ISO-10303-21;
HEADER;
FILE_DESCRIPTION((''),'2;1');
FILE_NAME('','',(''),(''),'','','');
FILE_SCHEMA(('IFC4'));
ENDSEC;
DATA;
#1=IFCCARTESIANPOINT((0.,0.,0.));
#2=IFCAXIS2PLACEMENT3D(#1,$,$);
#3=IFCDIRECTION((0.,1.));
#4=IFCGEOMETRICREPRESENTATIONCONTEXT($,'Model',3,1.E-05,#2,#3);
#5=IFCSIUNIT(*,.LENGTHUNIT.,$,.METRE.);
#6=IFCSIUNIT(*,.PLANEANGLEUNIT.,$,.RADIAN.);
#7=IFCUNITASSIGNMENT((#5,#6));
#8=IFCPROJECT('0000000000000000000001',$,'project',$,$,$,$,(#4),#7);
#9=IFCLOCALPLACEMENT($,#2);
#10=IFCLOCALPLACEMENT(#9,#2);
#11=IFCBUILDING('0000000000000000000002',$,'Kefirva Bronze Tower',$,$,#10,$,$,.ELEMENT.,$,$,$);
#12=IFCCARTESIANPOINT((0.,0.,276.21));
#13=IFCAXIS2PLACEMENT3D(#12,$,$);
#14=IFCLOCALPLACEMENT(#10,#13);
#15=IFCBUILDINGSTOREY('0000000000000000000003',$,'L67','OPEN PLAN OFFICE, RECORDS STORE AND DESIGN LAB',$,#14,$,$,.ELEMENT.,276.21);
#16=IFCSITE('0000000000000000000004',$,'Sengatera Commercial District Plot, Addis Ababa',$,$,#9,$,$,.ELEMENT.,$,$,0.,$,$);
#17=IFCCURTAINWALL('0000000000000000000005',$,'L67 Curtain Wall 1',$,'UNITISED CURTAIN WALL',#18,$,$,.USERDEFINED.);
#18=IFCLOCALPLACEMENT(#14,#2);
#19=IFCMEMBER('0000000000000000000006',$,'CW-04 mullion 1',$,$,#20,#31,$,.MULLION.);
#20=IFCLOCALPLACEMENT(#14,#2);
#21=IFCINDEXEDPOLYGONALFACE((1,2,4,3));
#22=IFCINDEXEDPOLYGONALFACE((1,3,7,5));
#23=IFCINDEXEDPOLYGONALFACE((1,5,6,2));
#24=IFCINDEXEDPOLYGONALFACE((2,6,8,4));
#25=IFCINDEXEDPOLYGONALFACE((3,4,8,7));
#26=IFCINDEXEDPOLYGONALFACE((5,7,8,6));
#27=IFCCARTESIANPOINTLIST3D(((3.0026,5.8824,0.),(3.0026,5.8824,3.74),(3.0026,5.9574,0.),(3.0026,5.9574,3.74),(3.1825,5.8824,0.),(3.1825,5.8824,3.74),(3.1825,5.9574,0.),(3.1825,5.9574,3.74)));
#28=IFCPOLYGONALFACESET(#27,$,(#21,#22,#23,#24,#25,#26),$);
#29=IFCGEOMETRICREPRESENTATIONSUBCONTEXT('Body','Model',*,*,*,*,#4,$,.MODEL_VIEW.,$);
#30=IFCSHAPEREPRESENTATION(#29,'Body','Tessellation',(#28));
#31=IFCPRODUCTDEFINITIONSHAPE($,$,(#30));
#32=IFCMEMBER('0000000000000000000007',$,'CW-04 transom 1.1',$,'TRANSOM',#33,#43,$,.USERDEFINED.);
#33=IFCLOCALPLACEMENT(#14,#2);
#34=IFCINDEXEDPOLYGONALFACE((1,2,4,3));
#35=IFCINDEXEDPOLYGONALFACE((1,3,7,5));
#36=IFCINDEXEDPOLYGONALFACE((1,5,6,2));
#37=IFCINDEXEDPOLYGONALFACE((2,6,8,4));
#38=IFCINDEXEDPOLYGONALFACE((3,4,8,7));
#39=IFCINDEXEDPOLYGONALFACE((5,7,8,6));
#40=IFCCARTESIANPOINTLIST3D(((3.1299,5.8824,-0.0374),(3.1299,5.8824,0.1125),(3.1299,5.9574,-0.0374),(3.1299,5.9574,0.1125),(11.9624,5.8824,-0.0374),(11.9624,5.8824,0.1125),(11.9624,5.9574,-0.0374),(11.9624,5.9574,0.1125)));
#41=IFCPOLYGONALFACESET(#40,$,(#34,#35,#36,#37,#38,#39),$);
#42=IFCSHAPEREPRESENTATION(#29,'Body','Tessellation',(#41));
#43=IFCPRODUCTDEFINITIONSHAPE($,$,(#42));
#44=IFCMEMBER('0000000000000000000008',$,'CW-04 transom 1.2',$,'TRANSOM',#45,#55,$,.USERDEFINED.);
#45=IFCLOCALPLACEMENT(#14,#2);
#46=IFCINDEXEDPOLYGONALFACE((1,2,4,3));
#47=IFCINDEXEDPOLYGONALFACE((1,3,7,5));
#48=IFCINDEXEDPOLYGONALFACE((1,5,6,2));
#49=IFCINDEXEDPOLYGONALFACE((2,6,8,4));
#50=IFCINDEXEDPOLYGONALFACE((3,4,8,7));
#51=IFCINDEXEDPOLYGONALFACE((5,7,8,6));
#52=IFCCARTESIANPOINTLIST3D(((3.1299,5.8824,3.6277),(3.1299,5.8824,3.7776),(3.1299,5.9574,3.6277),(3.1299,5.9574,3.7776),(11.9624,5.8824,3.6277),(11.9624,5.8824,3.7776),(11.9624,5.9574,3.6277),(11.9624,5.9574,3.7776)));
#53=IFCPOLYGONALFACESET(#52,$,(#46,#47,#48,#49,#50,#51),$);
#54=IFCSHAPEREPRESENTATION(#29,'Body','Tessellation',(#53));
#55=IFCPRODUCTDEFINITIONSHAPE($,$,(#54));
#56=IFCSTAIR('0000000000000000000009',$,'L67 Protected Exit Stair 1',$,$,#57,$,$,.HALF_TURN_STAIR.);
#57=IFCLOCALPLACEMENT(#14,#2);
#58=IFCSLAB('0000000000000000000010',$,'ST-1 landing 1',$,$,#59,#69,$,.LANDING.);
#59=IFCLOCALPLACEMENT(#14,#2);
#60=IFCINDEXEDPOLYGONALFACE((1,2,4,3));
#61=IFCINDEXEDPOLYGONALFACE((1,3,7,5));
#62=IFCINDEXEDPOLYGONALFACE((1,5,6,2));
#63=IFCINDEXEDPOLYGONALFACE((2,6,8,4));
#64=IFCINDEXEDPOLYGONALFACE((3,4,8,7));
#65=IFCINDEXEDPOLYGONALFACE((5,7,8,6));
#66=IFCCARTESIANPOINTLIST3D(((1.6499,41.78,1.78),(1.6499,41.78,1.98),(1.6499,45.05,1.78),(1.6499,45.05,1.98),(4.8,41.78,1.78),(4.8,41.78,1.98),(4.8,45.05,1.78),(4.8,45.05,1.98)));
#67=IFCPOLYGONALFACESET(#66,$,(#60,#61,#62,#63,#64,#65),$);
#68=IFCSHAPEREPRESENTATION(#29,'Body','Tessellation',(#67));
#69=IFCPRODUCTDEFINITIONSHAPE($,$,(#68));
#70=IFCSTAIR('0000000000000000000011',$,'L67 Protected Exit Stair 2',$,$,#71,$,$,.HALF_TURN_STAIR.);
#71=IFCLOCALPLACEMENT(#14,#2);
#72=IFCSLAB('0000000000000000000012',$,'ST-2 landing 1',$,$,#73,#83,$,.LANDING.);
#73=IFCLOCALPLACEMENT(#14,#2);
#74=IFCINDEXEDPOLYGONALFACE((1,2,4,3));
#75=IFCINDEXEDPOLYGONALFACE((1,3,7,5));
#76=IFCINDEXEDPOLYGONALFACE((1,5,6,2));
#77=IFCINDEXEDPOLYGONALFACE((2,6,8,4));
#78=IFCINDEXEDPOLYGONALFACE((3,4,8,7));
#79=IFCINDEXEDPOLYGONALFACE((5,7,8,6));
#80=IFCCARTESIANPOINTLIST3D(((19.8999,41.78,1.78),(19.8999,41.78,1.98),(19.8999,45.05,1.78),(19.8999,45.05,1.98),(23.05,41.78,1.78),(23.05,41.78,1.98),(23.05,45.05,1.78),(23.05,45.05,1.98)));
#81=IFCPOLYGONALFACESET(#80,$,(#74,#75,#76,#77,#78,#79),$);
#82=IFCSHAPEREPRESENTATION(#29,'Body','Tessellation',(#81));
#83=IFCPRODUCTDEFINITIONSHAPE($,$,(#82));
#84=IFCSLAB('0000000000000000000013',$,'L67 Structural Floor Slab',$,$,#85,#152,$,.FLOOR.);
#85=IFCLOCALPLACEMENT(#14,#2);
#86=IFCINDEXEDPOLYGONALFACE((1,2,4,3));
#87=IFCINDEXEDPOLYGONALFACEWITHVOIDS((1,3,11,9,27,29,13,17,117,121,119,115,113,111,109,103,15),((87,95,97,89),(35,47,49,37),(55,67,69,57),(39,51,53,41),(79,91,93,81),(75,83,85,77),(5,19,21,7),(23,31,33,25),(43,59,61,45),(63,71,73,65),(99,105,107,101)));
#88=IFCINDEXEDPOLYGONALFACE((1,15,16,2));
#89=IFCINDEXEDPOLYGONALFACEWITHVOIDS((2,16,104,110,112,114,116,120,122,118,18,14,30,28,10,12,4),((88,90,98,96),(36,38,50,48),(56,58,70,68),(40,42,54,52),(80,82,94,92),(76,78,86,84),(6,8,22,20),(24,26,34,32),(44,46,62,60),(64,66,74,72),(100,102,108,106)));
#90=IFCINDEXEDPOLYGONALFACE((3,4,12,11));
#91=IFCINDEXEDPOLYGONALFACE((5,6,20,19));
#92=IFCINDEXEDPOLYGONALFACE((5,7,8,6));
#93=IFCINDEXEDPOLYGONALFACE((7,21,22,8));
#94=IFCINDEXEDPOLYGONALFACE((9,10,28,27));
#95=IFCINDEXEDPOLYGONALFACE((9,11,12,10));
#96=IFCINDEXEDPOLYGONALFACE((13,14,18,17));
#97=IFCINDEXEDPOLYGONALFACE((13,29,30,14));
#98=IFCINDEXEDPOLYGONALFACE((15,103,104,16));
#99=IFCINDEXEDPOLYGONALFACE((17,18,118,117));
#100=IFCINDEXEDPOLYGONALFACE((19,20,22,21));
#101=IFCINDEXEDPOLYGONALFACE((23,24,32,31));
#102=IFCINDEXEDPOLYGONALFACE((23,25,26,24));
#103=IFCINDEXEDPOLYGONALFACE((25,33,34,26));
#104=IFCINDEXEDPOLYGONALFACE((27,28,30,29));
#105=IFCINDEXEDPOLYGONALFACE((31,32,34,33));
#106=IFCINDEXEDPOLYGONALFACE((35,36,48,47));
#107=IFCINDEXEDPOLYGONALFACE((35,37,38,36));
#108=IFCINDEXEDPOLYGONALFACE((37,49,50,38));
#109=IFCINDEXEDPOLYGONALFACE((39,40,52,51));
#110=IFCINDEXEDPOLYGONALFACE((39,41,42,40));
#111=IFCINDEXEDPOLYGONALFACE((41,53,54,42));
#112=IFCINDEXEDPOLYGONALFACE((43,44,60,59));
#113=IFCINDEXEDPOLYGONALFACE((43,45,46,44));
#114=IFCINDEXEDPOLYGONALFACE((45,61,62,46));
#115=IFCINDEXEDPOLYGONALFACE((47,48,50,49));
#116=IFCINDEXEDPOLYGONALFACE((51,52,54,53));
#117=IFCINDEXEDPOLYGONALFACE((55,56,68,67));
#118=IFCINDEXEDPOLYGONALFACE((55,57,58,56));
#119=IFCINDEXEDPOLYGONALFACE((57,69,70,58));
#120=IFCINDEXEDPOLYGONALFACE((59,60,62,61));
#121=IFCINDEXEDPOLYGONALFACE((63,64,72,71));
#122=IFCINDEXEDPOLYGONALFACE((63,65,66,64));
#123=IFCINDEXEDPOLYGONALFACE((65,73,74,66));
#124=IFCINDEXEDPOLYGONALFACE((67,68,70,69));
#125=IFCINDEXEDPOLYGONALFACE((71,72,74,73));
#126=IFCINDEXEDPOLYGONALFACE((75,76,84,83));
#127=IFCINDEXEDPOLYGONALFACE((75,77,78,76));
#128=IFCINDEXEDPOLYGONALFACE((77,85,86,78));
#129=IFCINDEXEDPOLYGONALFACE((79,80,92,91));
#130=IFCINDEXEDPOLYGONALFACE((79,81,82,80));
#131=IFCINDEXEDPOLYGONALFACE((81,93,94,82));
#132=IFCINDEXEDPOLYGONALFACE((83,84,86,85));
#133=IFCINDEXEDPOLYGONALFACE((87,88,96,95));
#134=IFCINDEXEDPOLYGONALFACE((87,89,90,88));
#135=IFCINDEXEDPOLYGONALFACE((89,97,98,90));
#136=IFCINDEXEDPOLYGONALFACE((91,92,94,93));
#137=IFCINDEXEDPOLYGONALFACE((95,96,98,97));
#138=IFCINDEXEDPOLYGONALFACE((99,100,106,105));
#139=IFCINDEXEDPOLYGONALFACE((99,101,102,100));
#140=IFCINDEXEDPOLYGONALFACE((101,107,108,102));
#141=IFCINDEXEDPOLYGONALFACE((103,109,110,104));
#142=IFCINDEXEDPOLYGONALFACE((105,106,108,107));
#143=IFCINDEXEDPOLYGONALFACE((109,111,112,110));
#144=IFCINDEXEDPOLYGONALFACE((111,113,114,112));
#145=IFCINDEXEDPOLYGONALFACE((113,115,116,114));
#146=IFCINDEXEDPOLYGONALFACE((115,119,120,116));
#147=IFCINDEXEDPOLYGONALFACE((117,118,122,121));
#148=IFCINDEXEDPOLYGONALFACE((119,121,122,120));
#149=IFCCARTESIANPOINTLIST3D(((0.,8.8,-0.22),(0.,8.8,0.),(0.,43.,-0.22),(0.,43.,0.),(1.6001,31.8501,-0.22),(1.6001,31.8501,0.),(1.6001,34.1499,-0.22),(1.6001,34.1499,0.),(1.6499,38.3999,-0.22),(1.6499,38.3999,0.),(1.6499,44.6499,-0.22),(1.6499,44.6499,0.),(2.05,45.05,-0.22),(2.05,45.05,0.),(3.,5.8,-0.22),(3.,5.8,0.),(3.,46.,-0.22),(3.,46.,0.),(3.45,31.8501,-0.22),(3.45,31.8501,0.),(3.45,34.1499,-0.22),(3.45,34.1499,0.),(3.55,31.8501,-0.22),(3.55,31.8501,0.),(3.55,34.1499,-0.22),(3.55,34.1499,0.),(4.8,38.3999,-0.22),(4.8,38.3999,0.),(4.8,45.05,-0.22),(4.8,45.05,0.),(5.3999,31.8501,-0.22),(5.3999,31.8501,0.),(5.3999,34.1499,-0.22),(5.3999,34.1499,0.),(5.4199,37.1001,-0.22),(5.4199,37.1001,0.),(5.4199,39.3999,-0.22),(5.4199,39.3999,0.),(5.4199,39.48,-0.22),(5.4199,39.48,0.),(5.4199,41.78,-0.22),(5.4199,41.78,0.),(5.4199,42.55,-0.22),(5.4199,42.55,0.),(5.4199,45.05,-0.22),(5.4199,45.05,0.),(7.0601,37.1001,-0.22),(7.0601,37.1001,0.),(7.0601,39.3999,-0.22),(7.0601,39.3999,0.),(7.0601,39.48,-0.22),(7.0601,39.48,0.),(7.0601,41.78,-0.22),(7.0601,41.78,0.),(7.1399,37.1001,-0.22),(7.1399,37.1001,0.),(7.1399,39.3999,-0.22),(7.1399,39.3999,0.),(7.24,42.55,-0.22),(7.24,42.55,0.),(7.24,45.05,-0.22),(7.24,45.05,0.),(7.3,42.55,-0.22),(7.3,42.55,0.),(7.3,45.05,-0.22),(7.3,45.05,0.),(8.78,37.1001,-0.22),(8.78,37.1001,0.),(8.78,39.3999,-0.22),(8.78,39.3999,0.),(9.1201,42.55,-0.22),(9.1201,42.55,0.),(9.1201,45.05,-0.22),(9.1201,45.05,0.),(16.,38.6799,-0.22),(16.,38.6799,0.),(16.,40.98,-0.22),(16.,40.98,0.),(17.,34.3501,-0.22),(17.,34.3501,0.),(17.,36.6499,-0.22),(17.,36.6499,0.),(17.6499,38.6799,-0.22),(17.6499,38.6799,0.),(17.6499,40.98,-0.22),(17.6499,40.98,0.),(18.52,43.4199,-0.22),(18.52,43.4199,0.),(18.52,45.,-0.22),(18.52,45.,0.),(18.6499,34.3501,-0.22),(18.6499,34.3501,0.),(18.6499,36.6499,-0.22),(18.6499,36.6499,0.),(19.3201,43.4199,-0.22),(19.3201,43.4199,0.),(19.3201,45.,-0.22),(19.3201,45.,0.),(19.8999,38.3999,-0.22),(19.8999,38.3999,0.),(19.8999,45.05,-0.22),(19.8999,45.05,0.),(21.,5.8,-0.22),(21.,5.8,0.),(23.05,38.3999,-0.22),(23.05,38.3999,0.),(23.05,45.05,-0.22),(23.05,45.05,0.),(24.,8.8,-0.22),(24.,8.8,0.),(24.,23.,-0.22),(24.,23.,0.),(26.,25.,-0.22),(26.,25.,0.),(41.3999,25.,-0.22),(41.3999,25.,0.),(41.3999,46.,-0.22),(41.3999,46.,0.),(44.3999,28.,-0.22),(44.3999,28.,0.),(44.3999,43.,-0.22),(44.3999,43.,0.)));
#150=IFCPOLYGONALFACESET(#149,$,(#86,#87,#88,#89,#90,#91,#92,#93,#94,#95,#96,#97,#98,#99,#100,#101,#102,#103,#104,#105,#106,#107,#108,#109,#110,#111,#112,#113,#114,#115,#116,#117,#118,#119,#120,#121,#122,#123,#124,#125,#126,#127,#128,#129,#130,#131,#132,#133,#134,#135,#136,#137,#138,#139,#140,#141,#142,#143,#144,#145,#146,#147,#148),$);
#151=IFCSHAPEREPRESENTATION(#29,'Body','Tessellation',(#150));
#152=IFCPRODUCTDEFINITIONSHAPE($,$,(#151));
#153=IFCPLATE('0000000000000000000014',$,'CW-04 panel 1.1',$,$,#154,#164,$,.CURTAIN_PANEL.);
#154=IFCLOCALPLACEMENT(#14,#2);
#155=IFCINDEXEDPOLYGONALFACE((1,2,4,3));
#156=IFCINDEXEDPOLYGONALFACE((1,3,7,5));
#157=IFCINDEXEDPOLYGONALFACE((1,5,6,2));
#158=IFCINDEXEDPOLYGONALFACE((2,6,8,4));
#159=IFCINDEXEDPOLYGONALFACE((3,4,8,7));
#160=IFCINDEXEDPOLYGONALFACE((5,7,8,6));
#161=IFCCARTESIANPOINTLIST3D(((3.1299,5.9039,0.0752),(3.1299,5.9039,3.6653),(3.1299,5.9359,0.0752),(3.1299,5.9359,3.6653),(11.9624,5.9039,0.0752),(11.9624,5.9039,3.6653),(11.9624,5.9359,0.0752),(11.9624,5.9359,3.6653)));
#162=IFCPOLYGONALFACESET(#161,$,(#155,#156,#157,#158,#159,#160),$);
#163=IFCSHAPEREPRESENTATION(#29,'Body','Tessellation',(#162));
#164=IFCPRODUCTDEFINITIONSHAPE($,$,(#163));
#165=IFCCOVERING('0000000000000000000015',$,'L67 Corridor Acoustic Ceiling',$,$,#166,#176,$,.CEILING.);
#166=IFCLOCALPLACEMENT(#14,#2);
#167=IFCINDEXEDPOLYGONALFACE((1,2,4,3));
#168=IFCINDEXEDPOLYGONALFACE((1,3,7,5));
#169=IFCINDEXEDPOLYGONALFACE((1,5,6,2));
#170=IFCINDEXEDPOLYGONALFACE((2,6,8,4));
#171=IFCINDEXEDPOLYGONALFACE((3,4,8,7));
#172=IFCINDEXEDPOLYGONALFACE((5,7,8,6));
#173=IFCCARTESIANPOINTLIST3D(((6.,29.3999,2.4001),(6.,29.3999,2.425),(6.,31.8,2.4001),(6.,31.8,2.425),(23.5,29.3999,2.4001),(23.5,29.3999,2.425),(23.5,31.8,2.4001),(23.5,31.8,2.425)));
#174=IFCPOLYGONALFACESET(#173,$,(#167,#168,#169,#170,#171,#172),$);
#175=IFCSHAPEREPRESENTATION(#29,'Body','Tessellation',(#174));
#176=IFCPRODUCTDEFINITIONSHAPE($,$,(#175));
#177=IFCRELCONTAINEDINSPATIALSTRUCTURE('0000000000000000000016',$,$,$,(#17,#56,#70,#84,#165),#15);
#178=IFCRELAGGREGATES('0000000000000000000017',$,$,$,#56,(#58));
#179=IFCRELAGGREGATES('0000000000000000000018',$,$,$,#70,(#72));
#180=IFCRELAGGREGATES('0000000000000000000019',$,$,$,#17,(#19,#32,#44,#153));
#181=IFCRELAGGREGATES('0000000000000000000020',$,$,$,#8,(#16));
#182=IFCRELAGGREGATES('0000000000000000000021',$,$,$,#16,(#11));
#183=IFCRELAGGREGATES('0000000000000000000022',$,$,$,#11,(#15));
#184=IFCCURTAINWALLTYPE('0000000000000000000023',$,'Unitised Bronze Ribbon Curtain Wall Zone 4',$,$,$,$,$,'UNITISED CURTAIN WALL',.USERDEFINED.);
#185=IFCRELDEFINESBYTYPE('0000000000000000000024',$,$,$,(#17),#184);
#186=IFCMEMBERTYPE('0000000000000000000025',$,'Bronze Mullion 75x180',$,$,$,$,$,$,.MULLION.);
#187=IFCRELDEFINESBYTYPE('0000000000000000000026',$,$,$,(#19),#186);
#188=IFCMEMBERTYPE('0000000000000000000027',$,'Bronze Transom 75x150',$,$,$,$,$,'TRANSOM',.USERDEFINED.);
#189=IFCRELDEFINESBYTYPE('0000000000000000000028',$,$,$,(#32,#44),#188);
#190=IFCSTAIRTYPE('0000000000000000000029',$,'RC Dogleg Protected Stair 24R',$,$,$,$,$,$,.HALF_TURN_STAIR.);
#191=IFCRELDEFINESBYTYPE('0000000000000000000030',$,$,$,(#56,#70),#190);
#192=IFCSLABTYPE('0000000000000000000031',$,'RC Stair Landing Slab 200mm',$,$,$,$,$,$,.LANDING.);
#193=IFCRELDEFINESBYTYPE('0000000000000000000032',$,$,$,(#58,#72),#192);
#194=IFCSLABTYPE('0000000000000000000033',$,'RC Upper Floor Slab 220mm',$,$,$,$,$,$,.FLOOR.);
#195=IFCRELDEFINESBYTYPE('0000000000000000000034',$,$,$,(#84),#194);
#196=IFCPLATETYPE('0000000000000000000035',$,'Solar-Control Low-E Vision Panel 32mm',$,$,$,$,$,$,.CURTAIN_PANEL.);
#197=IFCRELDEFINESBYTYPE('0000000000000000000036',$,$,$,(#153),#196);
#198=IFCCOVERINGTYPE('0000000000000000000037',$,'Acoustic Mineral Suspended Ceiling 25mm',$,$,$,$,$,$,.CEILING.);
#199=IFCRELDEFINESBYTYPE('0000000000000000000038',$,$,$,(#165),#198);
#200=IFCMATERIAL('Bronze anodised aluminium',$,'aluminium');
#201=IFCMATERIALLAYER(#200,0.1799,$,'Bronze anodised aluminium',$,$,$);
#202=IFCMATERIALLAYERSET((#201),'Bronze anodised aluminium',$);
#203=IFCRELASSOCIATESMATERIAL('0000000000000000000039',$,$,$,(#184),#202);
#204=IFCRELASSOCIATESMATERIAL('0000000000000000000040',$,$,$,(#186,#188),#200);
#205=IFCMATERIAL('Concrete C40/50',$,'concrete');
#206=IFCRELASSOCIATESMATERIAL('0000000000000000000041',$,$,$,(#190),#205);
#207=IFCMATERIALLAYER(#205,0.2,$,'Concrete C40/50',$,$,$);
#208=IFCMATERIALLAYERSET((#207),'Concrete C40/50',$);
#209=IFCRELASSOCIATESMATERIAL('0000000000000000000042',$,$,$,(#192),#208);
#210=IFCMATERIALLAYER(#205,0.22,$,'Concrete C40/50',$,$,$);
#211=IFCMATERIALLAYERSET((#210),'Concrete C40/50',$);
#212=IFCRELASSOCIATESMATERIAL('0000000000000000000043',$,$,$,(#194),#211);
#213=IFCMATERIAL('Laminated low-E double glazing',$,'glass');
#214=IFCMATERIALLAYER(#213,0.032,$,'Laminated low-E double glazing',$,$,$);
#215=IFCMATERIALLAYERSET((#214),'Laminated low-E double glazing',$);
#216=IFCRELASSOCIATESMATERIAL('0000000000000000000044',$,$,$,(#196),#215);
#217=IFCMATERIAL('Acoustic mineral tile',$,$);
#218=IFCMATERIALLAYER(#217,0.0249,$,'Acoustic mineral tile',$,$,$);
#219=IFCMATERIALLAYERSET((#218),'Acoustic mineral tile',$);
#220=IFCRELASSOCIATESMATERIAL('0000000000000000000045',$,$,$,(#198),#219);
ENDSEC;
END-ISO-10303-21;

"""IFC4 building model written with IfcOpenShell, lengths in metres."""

from ifc_helpers import new_model, si_unit, direction, frame, origin, origin_2d, place, context, subcontext, project, spatial, polyline, rectangle, outline, extrude, material, layer, layer_set, material_profile, profile_set, type_object, element, aggregate, save


model = new_model("IFC4")

# Units and contexts
model_context = context("Model", 3, precision=1e-05, world=origin(), true_north=direction((0.0, 1.0)))
body_context = subcontext(model_context, "Body", "Model", "MODEL_VIEW")
ifc_project = project(units=[si_unit("LENGTHUNIT", "METRE"), si_unit("PLANEANGLEUNIT", "RADIAN")], contexts=[model_context])

# Site, building, storey
site_placement = place(None, origin())
site = spatial("IfcSite", under=ifc_project, at=site_placement, Name="Sengatera Commercial District Plot, Addis Ababa", CompositionType="ELEMENT", RefElevation=0.0)
building_placement = place(site_placement, origin())
building = spatial("IfcBuilding", under=site, at=building_placement, Name="Kefirva Bronze Tower", CompositionType="ELEMENT")
storey_placement = place(building_placement, frame((0.0, 0.0, 276.21)))
storey = spatial("IfcBuildingStorey", under=building, at=storey_placement, Name="L67", Description="OPEN PLAN OFFICE, RECORDS STORE AND DESIGN LAB", CompositionType="ELEMENT", Elevation=276.21)

# Curtain wall, members
ifc_material_1 = material(Name="Bronze anodised aluminium", Category="aluminium")
ifc_layer_1 = layer(ifc_material_1, 0.1799, Name="Bronze anodised aluminium")
ifc_layer_set_1 = layer_set([ifc_layer_1], Name="Bronze anodised aluminium")
curtain_wall_type = type_object("IfcCurtainWallType", Name="Unitised Bronze Ribbon Curtain Wall Zone 4", ElementType="UNITISED CURTAIN WALL", PredefinedType="USERDEFINED", material=ifc_layer_set_1)
curtain_wall_placement = place(storey_placement, origin())
curtain_wall = element("IfcCurtainWall", 1, at=curtain_wall_placement, inside=storey, type_object=curtain_wall_type, Name="L67 Curtain Wall 1", ObjectType="UNITISED CURTAIN WALL", PredefinedType="USERDEFINED")
ifc_material_profile_1 = material_profile(ifc_material_1, rectangle(XDim=0.075, YDim=0.1799, at=origin_2d()), Name="ALU 75x180")
ifc_profile_set_1 = profile_set([ifc_material_profile_1], Name="Bronze anodised aluminium")
member_type_1 = type_object("IfcMemberType", Name="Bronze Mullion 75x180", PredefinedType="MULLION", material=ifc_profile_set_1)
member_1_placement = place(storey_placement, frame((3.0925, 5.9199, 0.0), z_axis=(0.0, 0.0, 1.0), x_axis=(0.0, 1.0, 0.0)))
member_1 = element("IfcMember", 2, at=member_1_placement, type_object=member_type_1, Name="CW-04 mullion 1", PredefinedType="MULLION", context=body_context, shape_type="SweptSolid", body=[
    extrude(rectangle(XDim=0.075, YDim=0.1799, at=origin_2d()), origin(), (0.0, 0.0, 1.0), 3.74),
])
ifc_material_profile_2 = material_profile(ifc_material_1, rectangle(XDim=0.075, YDim=0.1499, at=origin_2d()), Name="ALU 75x150")
ifc_profile_set_2 = profile_set([ifc_material_profile_2], Name="Bronze anodised aluminium")
member_type_2 = type_object("IfcMemberType", Name="Bronze Transom 75x150", ElementType="TRANSOM", PredefinedType="USERDEFINED", material=ifc_profile_set_2)
member_2_placement = place(storey_placement, frame((3.1299, 5.9199, 0.0376), z_axis=(1.0, 0.0, 0.0), x_axis=(0.0, 1.0, 0.0)))
member_2 = element("IfcMember", 3, at=member_2_placement, type_object=member_type_2, Name="CW-04 transom 1.1", ObjectType="TRANSOM", PredefinedType="USERDEFINED", context=body_context, shape_type="SweptSolid", body=[
    extrude(rectangle(XDim=0.075, YDim=0.1499, at=origin_2d()), origin(), (0.0, 0.0, 1.0), 8.8325),
])
member_3_placement = place(storey_placement, frame((3.1299, 5.9199, 3.7026), z_axis=(1.0, 0.0, 0.0), x_axis=(0.0, 1.0, 0.0)))
member_3 = element("IfcMember", 4, at=member_3_placement, type_object=member_type_2, Name="CW-04 transom 1.2", ObjectType="TRANSOM", PredefinedType="USERDEFINED", context=body_context, shape_type="SweptSolid", body=[
    extrude(rectangle(XDim=0.075, YDim=0.1499, at=origin_2d()), origin(), (0.0, 0.0, 1.0), 8.8325),
])

# Stairs, slabs
ifc_material_2 = material(Name="Concrete C40/50", Category="concrete")
stair_type = type_object("IfcStairType", Name="RC Dogleg Protected Stair 24R", PredefinedType="HALF_TURN_STAIR", material=ifc_material_2)
stair_1_placement = place(storey_placement, origin())
stair_1 = element("IfcStair", 5, at=stair_1_placement, inside=storey, type_object=stair_type, Name="L67 Protected Exit Stair 1", PredefinedType="HALF_TURN_STAIR")
ifc_layer_2 = layer(ifc_material_2, 0.2, Name="Concrete C40/50")
ifc_layer_set_2 = layer_set([ifc_layer_2], Name="Concrete C40/50")
slab_type_1 = type_object("IfcSlabType", Name="RC Stair Landing Slab 200mm", PredefinedType="LANDING", material=ifc_layer_set_2)
slab_1_placement = place(storey_placement, frame((0.0, 0.0, 1.78)))
slab_1 = element("IfcSlab", 6, at=slab_1_placement, type_object=slab_type_1, Name="ST-1 landing 1", PredefinedType="LANDING", context=body_context, shape_type="SweptSolid", body=[
    extrude(outline(polyline([(4.8, 41.78), (4.8, 45.05), (1.6499, 45.05), (1.6499, 41.78), (4.8, 41.78)])), origin(), (0.0, 0.0, 1.0), 0.2),
])
aggregate(stair_1, [slab_1])
stair_2_placement = place(storey_placement, origin())
stair_2 = element("IfcStair", 7, at=stair_2_placement, inside=storey, type_object=stair_type, Name="L67 Protected Exit Stair 2", PredefinedType="HALF_TURN_STAIR")
slab_2_placement = place(storey_placement, frame((0.0, 0.0, 1.78)))
slab_2 = element("IfcSlab", 8, at=slab_2_placement, type_object=slab_type_1, Name="ST-2 landing 1", PredefinedType="LANDING", context=body_context, shape_type="SweptSolid", body=[
    extrude(outline(polyline([(23.05, 41.78), (23.05, 45.05), (19.8999, 45.05), (19.8999, 41.78), (23.05, 41.78)])), origin(), (0.0, 0.0, 1.0), 0.2),
])
aggregate(stair_2, [slab_2])

# Slab
ifc_layer_3 = layer(ifc_material_2, 0.22, Name="Concrete C40/50")
ifc_layer_set_3 = layer_set([ifc_layer_3], Name="Concrete C40/50")
slab_type_2 = type_object("IfcSlabType", Name="RC Upper Floor Slab 220mm", PredefinedType="FLOOR", material=ifc_layer_set_3)
slab_3_placement = place(storey_placement, frame((0.0, 0.0, -0.22)))
element("IfcSlab", 9, at=slab_3_placement, inside=storey, type_object=slab_type_2, Name="L67 Structural Floor Slab", PredefinedType="FLOOR", context=body_context, shape_type="SweptSolid", body=[
    extrude(outline(polyline([(0.0, 8.8), (0.0, 43.0), (1.6499, 44.6499), (1.6499, 38.3999), (4.8, 38.3999), (4.8, 45.05), (2.05, 45.05), (3.0, 46.0), (41.3999, 46.0), (44.3999, 43.0), (44.3999, 28.0), (41.3999, 25.0), (26.0, 25.0), (24.0, 23.0), (24.0, 8.8), (21.0, 5.8), (3.0, 5.8), (0.0, 8.8)]), holes=[polyline([(23.05, 45.05), (19.8999, 45.05), (19.8999, 38.3999), (23.05, 38.3999), (23.05, 45.05)]), polyline([(19.3201, 43.4199), (19.3201, 45.0), (18.52, 45.0), (18.52, 43.4199), (19.3201, 43.4199)]), polyline([(18.6499, 36.6499), (17.0, 36.6499), (17.0, 34.3501), (18.6499, 34.3501), (18.6499, 36.6499)]), polyline([(17.6499, 38.6799), (17.6499, 40.98), (16.0, 40.98), (16.0, 38.6799), (17.6499, 38.6799)]), polyline([(9.1201, 42.55), (9.1201, 45.05), (7.3, 45.05), (7.3, 42.55), (9.1201, 42.55)]), polyline([(8.78, 37.1001), (8.78, 39.3999), (7.1399, 39.3999), (7.1399, 37.1001), (8.78, 37.1001)]), polyline([(7.24, 42.55), (7.24, 45.05), (5.4199, 45.05), (5.4199, 42.55), (7.24, 42.55)]), polyline([(7.0601, 37.1001), (7.0601, 39.3999), (5.4199, 39.3999), (5.4199, 37.1001), (7.0601, 37.1001)]), polyline([(7.0601, 41.78), (5.4199, 41.78), (5.4199, 39.48), (7.0601, 39.48), (7.0601, 41.78)]), polyline([(5.3999, 31.8501), (5.3999, 34.1499), (3.55, 34.1499), (3.55, 31.8501), (5.3999, 31.8501)]), polyline([(3.45, 34.1499), (1.6001, 34.1499), (1.6001, 31.8501), (3.45, 31.8501), (3.45, 34.1499)])]), origin(), (0.0, 0.0, 1.0), 0.22),
])

# Plate
ifc_material_3 = material(Name="Laminated low-E double glazing", Category="glass")
ifc_layer_4 = layer(ifc_material_3, 0.032, Name="Laminated low-E double glazing")
ifc_layer_set_4 = layer_set([ifc_layer_4], Name="Laminated low-E double glazing")
plate_type = type_object("IfcPlateType", Name="Solar-Control Low-E Vision Panel 32mm", PredefinedType="CURTAIN_PANEL", material=ifc_layer_set_4)
plate_placement = place(storey_placement, frame((7.5461, 5.9199, 0.0752), z_axis=(0.0, 0.0, 1.0), x_axis=(1.0, 0.0, 0.0)))
plate = element("IfcPlate", 10, at=plate_placement, type_object=plate_type, Name="CW-04 panel 1.1", PredefinedType="CURTAIN_PANEL", context=body_context, shape_type="SweptSolid", body=[
    extrude(rectangle(XDim=8.8325, YDim=0.032, at=origin_2d()), origin(), (0.0, 0.0, 1.0), 3.5901),
])
aggregate(curtain_wall, [member_1, member_2, member_3, plate])

# Covering
ifc_material_4 = material(Name="Acoustic mineral tile")
ifc_layer_5 = layer(ifc_material_4, 0.0249, Name="Acoustic mineral tile")
ifc_layer_set_5 = layer_set([ifc_layer_5], Name="Acoustic mineral tile")
covering_type_1 = type_object("IfcCoveringType", Name="Acoustic Mineral Suspended Ceiling 25mm", PredefinedType="CEILING", material=ifc_layer_set_5)
covering_1_placement = place(storey_placement, frame((0.0, 0.0, 2.4001)))
element("IfcCovering", 11, at=covering_1_placement, inside=storey, type_object=covering_type_1, Name="L67 Corridor Acoustic Ceiling", PredefinedType="CEILING", context=body_context, shape_type="SweptSolid", body=[
    extrude(outline(polyline([(6.0, 29.3999), (23.5, 29.3999), (23.5, 31.8), (6.0, 31.8), (6.0, 29.3999)])), origin(), (0.0, 0.0, 1.0), 0.0249),
])

save(model, "model.ifc")
